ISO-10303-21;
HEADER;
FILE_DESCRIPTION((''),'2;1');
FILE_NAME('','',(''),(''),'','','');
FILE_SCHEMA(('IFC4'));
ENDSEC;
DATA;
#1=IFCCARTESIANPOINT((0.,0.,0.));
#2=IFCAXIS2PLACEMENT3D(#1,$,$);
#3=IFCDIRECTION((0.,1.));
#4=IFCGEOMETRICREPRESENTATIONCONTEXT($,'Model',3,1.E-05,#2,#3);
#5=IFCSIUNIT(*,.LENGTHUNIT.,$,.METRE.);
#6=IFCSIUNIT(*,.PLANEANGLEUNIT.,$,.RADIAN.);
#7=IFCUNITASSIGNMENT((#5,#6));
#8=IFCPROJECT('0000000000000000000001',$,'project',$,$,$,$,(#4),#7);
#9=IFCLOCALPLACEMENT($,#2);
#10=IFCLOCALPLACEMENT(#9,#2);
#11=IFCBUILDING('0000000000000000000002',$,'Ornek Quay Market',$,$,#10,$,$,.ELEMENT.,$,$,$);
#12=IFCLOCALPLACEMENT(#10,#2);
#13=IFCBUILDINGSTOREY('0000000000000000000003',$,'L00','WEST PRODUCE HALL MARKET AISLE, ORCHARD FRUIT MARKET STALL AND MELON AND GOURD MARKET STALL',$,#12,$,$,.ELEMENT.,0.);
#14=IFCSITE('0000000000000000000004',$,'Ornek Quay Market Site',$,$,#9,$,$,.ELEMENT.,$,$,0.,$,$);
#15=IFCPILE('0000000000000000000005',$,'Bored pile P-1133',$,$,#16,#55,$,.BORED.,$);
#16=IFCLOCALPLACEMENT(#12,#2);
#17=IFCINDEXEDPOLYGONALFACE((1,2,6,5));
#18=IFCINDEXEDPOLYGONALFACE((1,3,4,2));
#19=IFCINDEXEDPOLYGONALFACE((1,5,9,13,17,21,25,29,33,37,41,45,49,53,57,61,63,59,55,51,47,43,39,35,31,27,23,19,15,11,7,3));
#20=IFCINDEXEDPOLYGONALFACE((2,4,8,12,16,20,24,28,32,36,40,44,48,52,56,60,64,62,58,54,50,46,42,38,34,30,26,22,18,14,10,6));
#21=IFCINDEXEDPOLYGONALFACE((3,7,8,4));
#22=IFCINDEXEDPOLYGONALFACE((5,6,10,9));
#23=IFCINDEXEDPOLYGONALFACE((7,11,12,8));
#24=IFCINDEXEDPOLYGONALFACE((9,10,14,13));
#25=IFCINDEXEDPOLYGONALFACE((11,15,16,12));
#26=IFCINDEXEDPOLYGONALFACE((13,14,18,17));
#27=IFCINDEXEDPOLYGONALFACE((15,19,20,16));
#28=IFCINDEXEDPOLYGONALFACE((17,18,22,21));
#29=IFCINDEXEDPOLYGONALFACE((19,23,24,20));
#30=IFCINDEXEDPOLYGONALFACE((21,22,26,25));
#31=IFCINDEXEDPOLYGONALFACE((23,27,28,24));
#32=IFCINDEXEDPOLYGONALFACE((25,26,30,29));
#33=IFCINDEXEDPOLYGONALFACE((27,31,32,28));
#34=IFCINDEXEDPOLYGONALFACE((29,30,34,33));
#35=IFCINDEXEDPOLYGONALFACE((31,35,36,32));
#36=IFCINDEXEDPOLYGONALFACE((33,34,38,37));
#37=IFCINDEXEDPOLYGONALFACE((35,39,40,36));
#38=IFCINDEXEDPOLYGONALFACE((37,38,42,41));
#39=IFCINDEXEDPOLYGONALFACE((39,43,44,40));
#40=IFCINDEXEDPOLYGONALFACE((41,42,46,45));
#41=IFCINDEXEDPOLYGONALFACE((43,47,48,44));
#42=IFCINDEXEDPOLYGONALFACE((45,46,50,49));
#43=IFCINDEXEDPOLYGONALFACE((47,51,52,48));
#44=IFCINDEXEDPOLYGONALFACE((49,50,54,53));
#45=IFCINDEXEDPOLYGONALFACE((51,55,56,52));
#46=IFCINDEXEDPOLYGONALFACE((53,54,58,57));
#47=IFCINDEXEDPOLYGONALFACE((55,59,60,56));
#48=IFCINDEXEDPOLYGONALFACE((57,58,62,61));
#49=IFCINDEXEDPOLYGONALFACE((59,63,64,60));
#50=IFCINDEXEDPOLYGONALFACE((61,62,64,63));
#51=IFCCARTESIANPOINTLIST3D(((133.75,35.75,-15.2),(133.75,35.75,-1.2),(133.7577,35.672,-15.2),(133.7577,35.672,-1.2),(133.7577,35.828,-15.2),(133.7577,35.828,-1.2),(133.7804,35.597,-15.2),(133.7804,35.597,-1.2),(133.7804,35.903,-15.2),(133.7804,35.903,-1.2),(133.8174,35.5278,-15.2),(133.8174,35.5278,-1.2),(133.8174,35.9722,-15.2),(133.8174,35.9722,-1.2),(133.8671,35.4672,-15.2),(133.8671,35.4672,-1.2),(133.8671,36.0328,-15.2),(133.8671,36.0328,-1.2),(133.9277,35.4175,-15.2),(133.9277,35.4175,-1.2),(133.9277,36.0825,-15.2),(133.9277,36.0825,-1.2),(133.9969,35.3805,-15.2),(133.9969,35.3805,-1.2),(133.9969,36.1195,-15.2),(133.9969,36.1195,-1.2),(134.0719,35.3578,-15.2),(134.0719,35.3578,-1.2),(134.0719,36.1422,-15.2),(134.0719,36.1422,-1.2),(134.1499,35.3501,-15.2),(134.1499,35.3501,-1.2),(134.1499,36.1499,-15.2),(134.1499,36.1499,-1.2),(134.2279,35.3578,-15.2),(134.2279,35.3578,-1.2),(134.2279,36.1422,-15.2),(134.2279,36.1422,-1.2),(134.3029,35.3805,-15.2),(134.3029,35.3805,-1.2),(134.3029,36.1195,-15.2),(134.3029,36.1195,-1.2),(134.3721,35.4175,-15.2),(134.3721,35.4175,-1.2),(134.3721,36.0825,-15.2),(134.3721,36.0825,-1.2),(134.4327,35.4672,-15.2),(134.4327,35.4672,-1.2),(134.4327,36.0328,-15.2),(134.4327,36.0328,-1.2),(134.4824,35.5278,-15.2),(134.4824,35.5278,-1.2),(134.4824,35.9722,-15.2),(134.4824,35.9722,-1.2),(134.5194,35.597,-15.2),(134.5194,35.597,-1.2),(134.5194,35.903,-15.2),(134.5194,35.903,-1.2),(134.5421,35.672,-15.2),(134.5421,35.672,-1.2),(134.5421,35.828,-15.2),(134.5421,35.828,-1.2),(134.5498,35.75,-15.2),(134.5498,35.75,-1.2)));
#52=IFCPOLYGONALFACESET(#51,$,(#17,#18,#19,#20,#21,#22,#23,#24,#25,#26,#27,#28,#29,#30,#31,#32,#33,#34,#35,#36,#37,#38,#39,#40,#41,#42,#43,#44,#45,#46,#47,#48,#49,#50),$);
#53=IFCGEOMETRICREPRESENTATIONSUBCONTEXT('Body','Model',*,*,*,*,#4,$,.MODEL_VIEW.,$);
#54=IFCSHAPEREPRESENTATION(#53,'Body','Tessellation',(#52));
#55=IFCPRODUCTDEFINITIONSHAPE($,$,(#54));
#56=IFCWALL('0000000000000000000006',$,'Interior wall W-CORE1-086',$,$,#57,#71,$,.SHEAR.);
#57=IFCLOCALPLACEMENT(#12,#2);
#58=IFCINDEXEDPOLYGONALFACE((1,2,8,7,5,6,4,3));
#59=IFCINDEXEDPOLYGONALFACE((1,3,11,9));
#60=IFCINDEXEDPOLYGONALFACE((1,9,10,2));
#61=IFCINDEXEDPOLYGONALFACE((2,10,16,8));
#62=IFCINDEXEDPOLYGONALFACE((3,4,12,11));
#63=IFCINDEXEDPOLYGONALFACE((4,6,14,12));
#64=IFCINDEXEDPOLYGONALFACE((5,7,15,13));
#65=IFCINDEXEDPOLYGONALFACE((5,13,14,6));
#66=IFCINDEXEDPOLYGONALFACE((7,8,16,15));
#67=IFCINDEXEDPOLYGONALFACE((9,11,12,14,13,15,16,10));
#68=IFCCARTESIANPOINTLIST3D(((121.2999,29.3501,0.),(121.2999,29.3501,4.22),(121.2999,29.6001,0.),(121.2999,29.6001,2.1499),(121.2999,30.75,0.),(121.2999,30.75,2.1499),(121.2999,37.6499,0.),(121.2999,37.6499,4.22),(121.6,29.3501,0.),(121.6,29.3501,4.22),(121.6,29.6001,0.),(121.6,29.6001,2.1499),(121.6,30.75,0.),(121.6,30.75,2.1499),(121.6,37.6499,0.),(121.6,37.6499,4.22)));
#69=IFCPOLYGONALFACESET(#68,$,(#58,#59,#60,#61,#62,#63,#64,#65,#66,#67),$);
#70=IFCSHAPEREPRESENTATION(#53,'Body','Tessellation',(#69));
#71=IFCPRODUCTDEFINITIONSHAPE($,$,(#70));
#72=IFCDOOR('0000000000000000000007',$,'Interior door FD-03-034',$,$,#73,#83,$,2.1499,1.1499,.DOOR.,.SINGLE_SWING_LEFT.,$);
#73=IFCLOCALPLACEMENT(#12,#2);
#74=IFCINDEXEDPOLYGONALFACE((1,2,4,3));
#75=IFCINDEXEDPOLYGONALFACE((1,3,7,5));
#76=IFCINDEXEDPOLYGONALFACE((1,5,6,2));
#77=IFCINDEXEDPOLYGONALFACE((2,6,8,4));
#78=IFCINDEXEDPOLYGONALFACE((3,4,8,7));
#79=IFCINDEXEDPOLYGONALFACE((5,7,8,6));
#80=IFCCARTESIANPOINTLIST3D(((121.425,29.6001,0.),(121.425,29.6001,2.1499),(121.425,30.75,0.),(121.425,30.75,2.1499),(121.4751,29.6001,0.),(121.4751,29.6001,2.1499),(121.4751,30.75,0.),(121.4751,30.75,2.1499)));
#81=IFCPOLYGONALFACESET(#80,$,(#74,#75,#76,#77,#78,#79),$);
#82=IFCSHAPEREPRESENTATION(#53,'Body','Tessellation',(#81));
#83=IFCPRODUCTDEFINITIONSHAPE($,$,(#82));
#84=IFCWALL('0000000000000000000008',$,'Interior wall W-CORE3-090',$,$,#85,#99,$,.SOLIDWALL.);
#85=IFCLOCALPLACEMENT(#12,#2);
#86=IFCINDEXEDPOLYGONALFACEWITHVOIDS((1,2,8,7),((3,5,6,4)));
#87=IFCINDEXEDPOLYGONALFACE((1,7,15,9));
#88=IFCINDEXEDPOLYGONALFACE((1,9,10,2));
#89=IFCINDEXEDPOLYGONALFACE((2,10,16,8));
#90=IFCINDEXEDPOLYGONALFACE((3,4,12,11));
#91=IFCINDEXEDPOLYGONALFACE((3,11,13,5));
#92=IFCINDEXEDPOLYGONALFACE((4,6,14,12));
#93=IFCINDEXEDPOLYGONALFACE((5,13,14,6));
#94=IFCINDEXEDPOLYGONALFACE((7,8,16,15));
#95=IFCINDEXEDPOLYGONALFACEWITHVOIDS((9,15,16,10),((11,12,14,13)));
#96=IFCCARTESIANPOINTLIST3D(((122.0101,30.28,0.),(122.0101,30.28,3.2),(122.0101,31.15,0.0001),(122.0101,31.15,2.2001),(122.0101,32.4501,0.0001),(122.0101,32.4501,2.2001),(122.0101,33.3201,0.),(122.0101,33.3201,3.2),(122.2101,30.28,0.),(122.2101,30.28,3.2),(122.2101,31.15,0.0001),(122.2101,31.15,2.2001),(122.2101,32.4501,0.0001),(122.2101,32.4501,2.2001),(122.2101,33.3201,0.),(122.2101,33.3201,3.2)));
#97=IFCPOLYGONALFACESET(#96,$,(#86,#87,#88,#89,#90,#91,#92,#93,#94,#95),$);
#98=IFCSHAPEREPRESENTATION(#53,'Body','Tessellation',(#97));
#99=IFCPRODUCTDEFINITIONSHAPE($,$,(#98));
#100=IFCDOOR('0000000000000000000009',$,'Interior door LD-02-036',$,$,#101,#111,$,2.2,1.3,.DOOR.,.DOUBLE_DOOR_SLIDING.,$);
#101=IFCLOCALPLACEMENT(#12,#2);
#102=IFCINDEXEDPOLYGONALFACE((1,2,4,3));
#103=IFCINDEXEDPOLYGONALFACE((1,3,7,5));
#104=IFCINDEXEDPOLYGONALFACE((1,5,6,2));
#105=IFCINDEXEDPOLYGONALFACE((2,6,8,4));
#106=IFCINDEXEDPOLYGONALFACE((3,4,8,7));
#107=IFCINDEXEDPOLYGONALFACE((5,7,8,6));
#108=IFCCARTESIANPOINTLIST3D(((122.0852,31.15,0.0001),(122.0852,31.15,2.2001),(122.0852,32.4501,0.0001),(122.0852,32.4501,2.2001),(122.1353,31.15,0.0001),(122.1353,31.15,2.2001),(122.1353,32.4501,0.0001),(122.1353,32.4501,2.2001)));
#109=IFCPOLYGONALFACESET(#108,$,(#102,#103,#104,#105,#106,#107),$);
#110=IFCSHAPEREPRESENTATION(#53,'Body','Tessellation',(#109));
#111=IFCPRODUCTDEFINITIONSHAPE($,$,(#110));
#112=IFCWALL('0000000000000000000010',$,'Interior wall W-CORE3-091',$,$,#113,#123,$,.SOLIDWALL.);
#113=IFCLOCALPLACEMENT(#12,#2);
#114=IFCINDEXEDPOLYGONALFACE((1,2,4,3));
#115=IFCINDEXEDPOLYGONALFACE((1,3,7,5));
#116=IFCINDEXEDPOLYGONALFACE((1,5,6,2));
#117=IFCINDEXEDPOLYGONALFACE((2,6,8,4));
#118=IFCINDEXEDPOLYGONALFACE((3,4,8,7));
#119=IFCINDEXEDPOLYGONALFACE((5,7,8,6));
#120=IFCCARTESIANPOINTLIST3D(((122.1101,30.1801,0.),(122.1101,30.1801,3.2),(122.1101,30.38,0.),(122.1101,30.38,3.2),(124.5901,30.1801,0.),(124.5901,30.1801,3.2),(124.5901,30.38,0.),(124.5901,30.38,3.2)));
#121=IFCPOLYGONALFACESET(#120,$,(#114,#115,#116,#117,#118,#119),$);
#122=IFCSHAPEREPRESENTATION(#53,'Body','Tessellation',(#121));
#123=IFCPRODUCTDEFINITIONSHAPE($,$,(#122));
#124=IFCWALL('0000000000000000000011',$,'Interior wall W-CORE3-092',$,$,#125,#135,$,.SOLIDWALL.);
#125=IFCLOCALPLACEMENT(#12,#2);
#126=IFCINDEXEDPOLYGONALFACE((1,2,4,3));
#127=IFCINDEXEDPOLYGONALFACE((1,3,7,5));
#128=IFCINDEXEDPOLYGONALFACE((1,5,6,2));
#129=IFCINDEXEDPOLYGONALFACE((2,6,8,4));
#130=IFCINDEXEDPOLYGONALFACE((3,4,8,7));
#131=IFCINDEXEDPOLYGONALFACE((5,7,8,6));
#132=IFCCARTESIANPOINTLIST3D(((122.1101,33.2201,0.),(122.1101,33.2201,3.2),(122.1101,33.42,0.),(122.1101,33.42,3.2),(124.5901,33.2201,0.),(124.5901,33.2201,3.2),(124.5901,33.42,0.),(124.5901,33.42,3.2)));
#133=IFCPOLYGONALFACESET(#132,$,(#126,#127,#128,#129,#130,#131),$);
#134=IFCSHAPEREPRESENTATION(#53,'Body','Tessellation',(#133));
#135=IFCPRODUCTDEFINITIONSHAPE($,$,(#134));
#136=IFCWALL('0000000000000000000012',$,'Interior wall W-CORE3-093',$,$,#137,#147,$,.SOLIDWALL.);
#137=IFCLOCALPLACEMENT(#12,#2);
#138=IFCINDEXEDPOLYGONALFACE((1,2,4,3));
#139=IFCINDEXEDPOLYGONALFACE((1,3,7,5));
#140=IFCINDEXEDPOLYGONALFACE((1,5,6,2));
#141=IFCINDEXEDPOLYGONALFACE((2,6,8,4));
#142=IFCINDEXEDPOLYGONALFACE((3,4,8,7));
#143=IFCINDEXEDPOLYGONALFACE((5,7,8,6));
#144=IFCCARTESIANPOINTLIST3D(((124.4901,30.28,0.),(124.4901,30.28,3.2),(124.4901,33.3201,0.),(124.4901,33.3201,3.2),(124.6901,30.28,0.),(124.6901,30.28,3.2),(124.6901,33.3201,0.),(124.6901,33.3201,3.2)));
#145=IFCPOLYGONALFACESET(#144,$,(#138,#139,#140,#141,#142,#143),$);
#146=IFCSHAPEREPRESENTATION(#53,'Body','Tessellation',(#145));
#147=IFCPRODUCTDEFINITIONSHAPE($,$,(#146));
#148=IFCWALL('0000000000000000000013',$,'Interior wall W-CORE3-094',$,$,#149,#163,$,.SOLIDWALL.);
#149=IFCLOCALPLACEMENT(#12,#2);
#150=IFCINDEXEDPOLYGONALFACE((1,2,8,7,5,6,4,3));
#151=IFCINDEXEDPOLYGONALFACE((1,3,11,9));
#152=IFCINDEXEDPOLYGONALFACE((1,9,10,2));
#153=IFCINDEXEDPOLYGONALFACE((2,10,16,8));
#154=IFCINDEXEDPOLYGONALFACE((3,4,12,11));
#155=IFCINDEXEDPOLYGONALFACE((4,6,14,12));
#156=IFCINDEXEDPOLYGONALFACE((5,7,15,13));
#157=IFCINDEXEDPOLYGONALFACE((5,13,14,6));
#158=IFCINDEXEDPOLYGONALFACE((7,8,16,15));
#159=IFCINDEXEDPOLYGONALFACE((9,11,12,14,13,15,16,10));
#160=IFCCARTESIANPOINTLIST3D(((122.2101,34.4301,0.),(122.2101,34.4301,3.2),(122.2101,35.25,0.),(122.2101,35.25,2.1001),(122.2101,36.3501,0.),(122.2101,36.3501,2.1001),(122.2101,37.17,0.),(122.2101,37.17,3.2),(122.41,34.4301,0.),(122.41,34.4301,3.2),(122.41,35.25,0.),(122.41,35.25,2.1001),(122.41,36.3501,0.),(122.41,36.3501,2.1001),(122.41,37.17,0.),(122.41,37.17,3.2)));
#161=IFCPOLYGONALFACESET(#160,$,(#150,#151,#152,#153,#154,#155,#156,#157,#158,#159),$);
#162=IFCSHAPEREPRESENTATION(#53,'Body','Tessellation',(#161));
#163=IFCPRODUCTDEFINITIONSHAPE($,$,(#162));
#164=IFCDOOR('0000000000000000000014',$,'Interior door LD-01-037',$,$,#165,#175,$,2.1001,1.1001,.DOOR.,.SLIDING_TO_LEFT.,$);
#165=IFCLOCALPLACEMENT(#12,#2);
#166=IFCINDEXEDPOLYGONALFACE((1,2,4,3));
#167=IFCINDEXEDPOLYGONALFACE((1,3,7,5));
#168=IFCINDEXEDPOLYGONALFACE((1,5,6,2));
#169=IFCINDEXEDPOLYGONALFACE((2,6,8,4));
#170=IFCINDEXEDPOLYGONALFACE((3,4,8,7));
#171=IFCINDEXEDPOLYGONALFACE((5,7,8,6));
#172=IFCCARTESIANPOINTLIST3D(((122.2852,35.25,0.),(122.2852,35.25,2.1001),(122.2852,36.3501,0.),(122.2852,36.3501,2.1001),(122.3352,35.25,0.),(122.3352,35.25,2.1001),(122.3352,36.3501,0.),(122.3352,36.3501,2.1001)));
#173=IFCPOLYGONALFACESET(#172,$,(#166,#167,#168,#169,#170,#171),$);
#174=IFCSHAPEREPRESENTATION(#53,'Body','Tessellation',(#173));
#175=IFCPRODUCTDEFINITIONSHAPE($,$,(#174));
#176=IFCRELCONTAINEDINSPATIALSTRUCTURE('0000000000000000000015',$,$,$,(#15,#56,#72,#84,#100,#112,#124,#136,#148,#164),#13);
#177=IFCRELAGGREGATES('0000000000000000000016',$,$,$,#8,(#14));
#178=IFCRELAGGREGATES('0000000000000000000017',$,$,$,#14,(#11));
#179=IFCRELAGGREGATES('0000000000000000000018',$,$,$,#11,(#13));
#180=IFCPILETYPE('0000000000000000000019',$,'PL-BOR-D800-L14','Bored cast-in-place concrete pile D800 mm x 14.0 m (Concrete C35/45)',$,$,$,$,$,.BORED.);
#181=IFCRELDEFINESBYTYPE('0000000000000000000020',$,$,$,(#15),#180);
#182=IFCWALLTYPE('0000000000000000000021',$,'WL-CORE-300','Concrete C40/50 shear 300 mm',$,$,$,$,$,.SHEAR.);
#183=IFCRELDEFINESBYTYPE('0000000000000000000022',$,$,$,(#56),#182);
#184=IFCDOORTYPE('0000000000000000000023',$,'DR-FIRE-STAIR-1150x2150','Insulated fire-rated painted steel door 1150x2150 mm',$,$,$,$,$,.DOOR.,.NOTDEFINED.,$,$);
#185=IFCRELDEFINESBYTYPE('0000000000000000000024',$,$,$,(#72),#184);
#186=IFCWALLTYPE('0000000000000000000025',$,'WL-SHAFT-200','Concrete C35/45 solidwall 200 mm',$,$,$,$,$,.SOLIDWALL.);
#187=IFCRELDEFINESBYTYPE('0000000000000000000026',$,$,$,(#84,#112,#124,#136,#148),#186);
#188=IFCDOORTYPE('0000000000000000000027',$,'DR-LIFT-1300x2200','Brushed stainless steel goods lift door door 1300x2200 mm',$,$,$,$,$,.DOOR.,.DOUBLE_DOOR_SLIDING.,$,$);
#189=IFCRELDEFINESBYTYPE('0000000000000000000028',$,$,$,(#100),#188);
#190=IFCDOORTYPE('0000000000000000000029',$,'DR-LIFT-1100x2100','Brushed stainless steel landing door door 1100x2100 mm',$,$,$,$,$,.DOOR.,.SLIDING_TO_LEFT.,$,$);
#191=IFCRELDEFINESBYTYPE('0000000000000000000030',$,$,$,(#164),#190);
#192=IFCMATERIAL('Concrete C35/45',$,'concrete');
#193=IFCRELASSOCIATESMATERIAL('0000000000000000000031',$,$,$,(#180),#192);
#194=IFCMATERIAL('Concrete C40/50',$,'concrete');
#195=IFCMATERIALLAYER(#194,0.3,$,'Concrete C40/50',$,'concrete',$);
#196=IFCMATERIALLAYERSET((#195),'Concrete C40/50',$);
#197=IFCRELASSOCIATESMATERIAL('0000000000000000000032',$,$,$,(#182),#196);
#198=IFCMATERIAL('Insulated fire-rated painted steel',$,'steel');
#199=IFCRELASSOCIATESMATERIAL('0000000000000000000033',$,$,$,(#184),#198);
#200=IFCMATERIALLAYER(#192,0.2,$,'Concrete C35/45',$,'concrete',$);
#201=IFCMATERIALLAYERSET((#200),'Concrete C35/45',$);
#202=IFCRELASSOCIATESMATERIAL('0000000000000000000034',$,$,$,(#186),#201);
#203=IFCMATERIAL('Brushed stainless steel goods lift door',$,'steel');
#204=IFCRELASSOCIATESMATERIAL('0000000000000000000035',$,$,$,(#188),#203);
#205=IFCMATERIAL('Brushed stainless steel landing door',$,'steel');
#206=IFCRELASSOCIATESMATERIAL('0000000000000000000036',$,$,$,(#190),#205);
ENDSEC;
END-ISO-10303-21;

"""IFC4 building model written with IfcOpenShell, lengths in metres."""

from ifc_helpers import new_model, si_unit, direction, frame, frame_2d, origin, origin_2d, place, context, subcontext, project, spatial, rectangle, circle, extrude, material, layer, layer_set, material_profile, profile_set, type_object, element, fill, save


model = new_model("IFC4")

# Units and contexts
model_context = context("Model", 3, precision=1e-05, world=origin(), true_north=direction((0.0, 1.0)))
body_context = subcontext(model_context, "Body", "Model", "MODEL_VIEW")
ifc_project = project(units=[si_unit("LENGTHUNIT", "METRE"), si_unit("PLANEANGLEUNIT", "RADIAN")], contexts=[model_context])

# Site, building, storey
site_placement = place(None, origin())
site = spatial("IfcSite", under=ifc_project, at=site_placement, Name="Ornek Quay Market Site", CompositionType="ELEMENT", RefElevation=0.0)
building_placement = place(site_placement, origin())
building = spatial("IfcBuilding", under=site, at=building_placement, Name="Ornek Quay Market", CompositionType="ELEMENT")
storey_placement = place(building_placement, origin())
storey = spatial("IfcBuildingStorey", under=building, at=storey_placement, Name="L00", Description="WEST PRODUCE HALL MARKET AISLE, ORCHARD FRUIT MARKET STALL AND MELON AND GOURD MARKET STALL", CompositionType="ELEMENT", Elevation=0.0)

# Pile
ifc_material_1 = material(Name="Concrete C35/45", Category="concrete")
ifc_material_profile_1 = material_profile(ifc_material_1, circle(Radius=0.3999, at=origin_2d()), Name="PILE D800", Category="concrete")
ifc_profile_set_1 = profile_set([ifc_material_profile_1], Name="Concrete C35/45")
pile_type_1 = type_object("IfcPileType", Name="PL-BOR-D800-L14", Description="Bored cast-in-place concrete pile D800 mm x 14.0 m (Concrete C35/45)", PredefinedType="BORED", material=ifc_profile_set_1)
for number, where, z_axis, x_axis, name in (
    (1, (134.1499, 35.75, -1.2), (0.0, 0.0, -1.0), (1.0, 0.0, 0.0), "Bored pile P-1133"),
):
    element("IfcPile", number, at=place(storey_placement, frame(where, z_axis=z_axis, x_axis=x_axis)), inside=storey, type_object=pile_type_1, Name=name, PredefinedType="BORED", context=body_context, shape_type="SweptSolid", body=[
        extrude(circle(Radius=0.3999, at=origin_2d()), origin(), (0.0, 0.0, 1.0), 14.0),
    ])

# Walls, openings, doors
ifc_material_2 = material(Name="Concrete C40/50", Category="concrete")
ifc_layer_1 = layer(ifc_material_2, 0.3, Name="Concrete C40/50", Category="concrete")
ifc_layer_set_1 = layer_set([ifc_layer_1], Name="Concrete C40/50")
wall_type_1 = type_object("IfcWallType", Name="WL-CORE-300", Description="Concrete C40/50 shear 300 mm", PredefinedType="SHEAR", material=ifc_layer_set_1)
wall_1_placement = place(storey_placement, frame((121.45, 29.3501, 0.0), z_axis=(0.0, 0.0, 1.0), x_axis=(0.0, 1.0, 0.0)))
wall_1 = element("IfcWall", 2, at=wall_1_placement, inside=storey, type_object=wall_type_1, Name="Interior wall W-CORE1-086", PredefinedType="SHEAR", context=body_context, shape_type="SweptSolid", body=[
    extrude(rectangle(XDim=8.2998, YDim=0.3, at=frame_2d((4.1499, 0.0))), origin(), (0.0, 0.0, 1.0), 4.22),
])
opening_1_placement = place(wall_1_placement, frame((0.25, 0.0, 0.0)))
opening_1 = element("IfcOpeningElement", 3, at=opening_1_placement, cuts=wall_1, PredefinedType="OPENING", context=body_context, shape_type="SweptSolid", body=[
    extrude(rectangle(XDim=1.1499, YDim=2.1499, at=frame_2d((0.575, 1.075))), frame((0.0, 0.1599, 0.0), z_axis=(0.0, -1.0, 0.0), x_axis=(1.0, 0.0, 0.0)), (0.0, 0.0, 1.0), 0.3201),
])
ifc_material_3 = material(Name="Insulated fire-rated painted steel", Category="steel")
door_type_1 = type_object("IfcDoorType", Name="DR-FIRE-STAIR-1150x2150", Description="Insulated fire-rated painted steel door 1150x2150 mm", OperationType="NOTDEFINED", PredefinedType="DOOR", material=ifc_material_3)
door_1_placement = place(opening_1_placement, origin())
door_1 = element("IfcDoor", 4, at=door_1_placement, inside=storey, type_object=door_type_1, Name="Interior door FD-03-034", OperationType="SINGLE_SWING_LEFT", OverallHeight=2.1499, OverallWidth=1.1499, PredefinedType="DOOR", context=body_context, shape_type="SweptSolid", body=[
    extrude(rectangle(XDim=1.1499, YDim=2.1499, at=frame_2d((0.575, 1.075))), frame((0.0, 0.0249, 0.0), z_axis=(0.0, -1.0, 0.0), x_axis=(1.0, 0.0, 0.0)), (0.0, 0.0, 1.0), 0.05),
])
fill(opening_1, door_1)
ifc_layer_2 = layer(ifc_material_1, 0.2, Name="Concrete C35/45", Category="concrete")
ifc_layer_set_2 = layer_set([ifc_layer_2], Name="Concrete C35/45")
wall_type_2 = type_object("IfcWallType", Name="WL-SHAFT-200", Description="Concrete C35/45 solidwall 200 mm", PredefinedType="SOLIDWALL", material=ifc_layer_set_2)
wall_2_placement = place(storey_placement, frame((122.1101, 30.28, 0.0), z_axis=(0.0, 0.0, 1.0), x_axis=(0.0, 1.0, 0.0)))
wall_2 = element("IfcWall", 5, at=wall_2_placement, inside=storey, type_object=wall_type_2, Name="Interior wall W-CORE3-090", PredefinedType="SOLIDWALL", context=body_context, shape_type="SweptSolid", body=[
    extrude(rectangle(XDim=3.04, YDim=0.2, at=frame_2d((1.52, 0.0))), origin(), (0.0, 0.0, 1.0), 3.2),
])
opening_2_placement = place(wall_2_placement, frame((0.8701, 0.0, 0.0)))
opening_2 = element("IfcOpeningElement", 6, at=opening_2_placement, cuts=wall_2, PredefinedType="OPENING", context=body_context, shape_type="SweptSolid", body=[
    extrude(rectangle(XDim=1.3, YDim=2.2, at=frame_2d((0.6499, 1.1001))), frame((0.0, 0.1099, 0.0), z_axis=(0.0, -1.0, 0.0), x_axis=(1.0, 0.0, 0.0)), (0.0, 0.0, 1.0), 0.22),
])
ifc_material_4 = material(Name="Brushed stainless steel goods lift door", Category="steel")
door_type_2 = type_object("IfcDoorType", Name="DR-LIFT-1300x2200", Description="Brushed stainless steel goods lift door door 1300x2200 mm", OperationType="DOUBLE_DOOR_SLIDING", PredefinedType="DOOR", material=ifc_material_4)
door_2_placement = place(opening_2_placement, origin())
door_2 = element("IfcDoor", 7, at=door_2_placement, inside=storey, type_object=door_type_2, Name="Interior door LD-02-036", OperationType="DOUBLE_DOOR_SLIDING", OverallHeight=2.2, OverallWidth=1.3, PredefinedType="DOOR", context=body_context, shape_type="SweptSolid", body=[
    extrude(rectangle(XDim=1.3, YDim=2.2, at=frame_2d((0.6499, 1.1001))), frame((0.0, 0.0249, 0.0), z_axis=(0.0, -1.0, 0.0), x_axis=(1.0, 0.0, 0.0)), (0.0, 0.0, 1.0), 0.05),
])
fill(opening_2, door_2)

# Walls
for number, where, z_axis, x_axis, name in (
    (8, (122.1101, 30.28, 0.0), (0.0, 0.0, 1.0), (1.0, 0.0, 0.0), "Interior wall W-CORE3-091"),
    (9, (122.1101, 33.3201, 0.0), (0.0, 0.0, 1.0), (1.0, 0.0, 0.0), "Interior wall W-CORE3-092"),
):
    element("IfcWall", number, at=place(storey_placement, frame(where, z_axis=z_axis, x_axis=x_axis)), inside=storey, type_object=wall_type_2, Name=name, PredefinedType="SOLIDWALL", context=body_context, shape_type="SweptSolid", body=[
        extrude(rectangle(XDim=2.48, YDim=0.2, at=frame_2d((1.24, 0.0))), origin(), (0.0, 0.0, 1.0), 3.2),
    ])
wall_3_placement = place(storey_placement, frame((124.5901, 30.28, 0.0), z_axis=(0.0, 0.0, 1.0), x_axis=(0.0, 1.0, 0.0)))
element("IfcWall", 10, at=wall_3_placement, inside=storey, type_object=wall_type_2, Name="Interior wall W-CORE3-093", PredefinedType="SOLIDWALL", context=body_context, shape_type="SweptSolid", body=[
    extrude(rectangle(XDim=3.04, YDim=0.2, at=frame_2d((1.52, 0.0))), origin(), (0.0, 0.0, 1.0), 3.2),
])

# Wall, opening, door
wall_4_placement = place(storey_placement, frame((122.3101, 34.4299, 0.0), z_axis=(0.0, 0.0, 1.0), x_axis=(0.0, 1.0, 0.0)))
wall_4 = element("IfcWall", 11, at=wall_4_placement, inside=storey, type_object=wall_type_2, Name="Interior wall W-CORE3-094", PredefinedType="SOLIDWALL", context=body_context, shape_type="SweptSolid", body=[
    extrude(rectangle(XDim=2.74, YDim=0.2, at=frame_2d((1.3701, 0.0))), origin(), (0.0, 0.0, 1.0), 3.2),
])
opening_3_placement = place(wall_4_placement, frame((0.8201, 0.0, 0.0)))
opening_3 = element("IfcOpeningElement", 12, at=opening_3_placement, cuts=wall_4, PredefinedType="OPENING", context=body_context, shape_type="SweptSolid", body=[
    extrude(rectangle(XDim=1.1001, YDim=2.1001, at=frame_2d((0.55, 1.05))), frame((0.0, 0.1099, 0.0), z_axis=(0.0, -1.0, 0.0), x_axis=(1.0, 0.0, 0.0)), (0.0, 0.0, 1.0), 0.22),
])
ifc_material_5 = material(Name="Brushed stainless steel landing door", Category="steel")
door_type_3 = type_object("IfcDoorType", Name="DR-LIFT-1100x2100", Description="Brushed stainless steel landing door door 1100x2100 mm", OperationType="SLIDING_TO_LEFT", PredefinedType="DOOR", material=ifc_material_5)
door_3_placement = place(opening_3_placement, origin())
door_3 = element("IfcDoor", 13, at=door_3_placement, inside=storey, type_object=door_type_3, Name="Interior door LD-01-037", OperationType="SLIDING_TO_LEFT", OverallHeight=2.1001, OverallWidth=1.1001, PredefinedType="DOOR", context=body_context, shape_type="SweptSolid", body=[
    extrude(rectangle(XDim=1.1001, YDim=2.1001, at=frame_2d((0.55, 1.05))), frame((0.0, 0.0249, 0.0), z_axis=(0.0, -1.0, 0.0), x_axis=(1.0, 0.0, 0.0)), (0.0, 0.0, 1.0), 0.05),
])
fill(opening_3, door_3)

save(model, "model.ifc")
